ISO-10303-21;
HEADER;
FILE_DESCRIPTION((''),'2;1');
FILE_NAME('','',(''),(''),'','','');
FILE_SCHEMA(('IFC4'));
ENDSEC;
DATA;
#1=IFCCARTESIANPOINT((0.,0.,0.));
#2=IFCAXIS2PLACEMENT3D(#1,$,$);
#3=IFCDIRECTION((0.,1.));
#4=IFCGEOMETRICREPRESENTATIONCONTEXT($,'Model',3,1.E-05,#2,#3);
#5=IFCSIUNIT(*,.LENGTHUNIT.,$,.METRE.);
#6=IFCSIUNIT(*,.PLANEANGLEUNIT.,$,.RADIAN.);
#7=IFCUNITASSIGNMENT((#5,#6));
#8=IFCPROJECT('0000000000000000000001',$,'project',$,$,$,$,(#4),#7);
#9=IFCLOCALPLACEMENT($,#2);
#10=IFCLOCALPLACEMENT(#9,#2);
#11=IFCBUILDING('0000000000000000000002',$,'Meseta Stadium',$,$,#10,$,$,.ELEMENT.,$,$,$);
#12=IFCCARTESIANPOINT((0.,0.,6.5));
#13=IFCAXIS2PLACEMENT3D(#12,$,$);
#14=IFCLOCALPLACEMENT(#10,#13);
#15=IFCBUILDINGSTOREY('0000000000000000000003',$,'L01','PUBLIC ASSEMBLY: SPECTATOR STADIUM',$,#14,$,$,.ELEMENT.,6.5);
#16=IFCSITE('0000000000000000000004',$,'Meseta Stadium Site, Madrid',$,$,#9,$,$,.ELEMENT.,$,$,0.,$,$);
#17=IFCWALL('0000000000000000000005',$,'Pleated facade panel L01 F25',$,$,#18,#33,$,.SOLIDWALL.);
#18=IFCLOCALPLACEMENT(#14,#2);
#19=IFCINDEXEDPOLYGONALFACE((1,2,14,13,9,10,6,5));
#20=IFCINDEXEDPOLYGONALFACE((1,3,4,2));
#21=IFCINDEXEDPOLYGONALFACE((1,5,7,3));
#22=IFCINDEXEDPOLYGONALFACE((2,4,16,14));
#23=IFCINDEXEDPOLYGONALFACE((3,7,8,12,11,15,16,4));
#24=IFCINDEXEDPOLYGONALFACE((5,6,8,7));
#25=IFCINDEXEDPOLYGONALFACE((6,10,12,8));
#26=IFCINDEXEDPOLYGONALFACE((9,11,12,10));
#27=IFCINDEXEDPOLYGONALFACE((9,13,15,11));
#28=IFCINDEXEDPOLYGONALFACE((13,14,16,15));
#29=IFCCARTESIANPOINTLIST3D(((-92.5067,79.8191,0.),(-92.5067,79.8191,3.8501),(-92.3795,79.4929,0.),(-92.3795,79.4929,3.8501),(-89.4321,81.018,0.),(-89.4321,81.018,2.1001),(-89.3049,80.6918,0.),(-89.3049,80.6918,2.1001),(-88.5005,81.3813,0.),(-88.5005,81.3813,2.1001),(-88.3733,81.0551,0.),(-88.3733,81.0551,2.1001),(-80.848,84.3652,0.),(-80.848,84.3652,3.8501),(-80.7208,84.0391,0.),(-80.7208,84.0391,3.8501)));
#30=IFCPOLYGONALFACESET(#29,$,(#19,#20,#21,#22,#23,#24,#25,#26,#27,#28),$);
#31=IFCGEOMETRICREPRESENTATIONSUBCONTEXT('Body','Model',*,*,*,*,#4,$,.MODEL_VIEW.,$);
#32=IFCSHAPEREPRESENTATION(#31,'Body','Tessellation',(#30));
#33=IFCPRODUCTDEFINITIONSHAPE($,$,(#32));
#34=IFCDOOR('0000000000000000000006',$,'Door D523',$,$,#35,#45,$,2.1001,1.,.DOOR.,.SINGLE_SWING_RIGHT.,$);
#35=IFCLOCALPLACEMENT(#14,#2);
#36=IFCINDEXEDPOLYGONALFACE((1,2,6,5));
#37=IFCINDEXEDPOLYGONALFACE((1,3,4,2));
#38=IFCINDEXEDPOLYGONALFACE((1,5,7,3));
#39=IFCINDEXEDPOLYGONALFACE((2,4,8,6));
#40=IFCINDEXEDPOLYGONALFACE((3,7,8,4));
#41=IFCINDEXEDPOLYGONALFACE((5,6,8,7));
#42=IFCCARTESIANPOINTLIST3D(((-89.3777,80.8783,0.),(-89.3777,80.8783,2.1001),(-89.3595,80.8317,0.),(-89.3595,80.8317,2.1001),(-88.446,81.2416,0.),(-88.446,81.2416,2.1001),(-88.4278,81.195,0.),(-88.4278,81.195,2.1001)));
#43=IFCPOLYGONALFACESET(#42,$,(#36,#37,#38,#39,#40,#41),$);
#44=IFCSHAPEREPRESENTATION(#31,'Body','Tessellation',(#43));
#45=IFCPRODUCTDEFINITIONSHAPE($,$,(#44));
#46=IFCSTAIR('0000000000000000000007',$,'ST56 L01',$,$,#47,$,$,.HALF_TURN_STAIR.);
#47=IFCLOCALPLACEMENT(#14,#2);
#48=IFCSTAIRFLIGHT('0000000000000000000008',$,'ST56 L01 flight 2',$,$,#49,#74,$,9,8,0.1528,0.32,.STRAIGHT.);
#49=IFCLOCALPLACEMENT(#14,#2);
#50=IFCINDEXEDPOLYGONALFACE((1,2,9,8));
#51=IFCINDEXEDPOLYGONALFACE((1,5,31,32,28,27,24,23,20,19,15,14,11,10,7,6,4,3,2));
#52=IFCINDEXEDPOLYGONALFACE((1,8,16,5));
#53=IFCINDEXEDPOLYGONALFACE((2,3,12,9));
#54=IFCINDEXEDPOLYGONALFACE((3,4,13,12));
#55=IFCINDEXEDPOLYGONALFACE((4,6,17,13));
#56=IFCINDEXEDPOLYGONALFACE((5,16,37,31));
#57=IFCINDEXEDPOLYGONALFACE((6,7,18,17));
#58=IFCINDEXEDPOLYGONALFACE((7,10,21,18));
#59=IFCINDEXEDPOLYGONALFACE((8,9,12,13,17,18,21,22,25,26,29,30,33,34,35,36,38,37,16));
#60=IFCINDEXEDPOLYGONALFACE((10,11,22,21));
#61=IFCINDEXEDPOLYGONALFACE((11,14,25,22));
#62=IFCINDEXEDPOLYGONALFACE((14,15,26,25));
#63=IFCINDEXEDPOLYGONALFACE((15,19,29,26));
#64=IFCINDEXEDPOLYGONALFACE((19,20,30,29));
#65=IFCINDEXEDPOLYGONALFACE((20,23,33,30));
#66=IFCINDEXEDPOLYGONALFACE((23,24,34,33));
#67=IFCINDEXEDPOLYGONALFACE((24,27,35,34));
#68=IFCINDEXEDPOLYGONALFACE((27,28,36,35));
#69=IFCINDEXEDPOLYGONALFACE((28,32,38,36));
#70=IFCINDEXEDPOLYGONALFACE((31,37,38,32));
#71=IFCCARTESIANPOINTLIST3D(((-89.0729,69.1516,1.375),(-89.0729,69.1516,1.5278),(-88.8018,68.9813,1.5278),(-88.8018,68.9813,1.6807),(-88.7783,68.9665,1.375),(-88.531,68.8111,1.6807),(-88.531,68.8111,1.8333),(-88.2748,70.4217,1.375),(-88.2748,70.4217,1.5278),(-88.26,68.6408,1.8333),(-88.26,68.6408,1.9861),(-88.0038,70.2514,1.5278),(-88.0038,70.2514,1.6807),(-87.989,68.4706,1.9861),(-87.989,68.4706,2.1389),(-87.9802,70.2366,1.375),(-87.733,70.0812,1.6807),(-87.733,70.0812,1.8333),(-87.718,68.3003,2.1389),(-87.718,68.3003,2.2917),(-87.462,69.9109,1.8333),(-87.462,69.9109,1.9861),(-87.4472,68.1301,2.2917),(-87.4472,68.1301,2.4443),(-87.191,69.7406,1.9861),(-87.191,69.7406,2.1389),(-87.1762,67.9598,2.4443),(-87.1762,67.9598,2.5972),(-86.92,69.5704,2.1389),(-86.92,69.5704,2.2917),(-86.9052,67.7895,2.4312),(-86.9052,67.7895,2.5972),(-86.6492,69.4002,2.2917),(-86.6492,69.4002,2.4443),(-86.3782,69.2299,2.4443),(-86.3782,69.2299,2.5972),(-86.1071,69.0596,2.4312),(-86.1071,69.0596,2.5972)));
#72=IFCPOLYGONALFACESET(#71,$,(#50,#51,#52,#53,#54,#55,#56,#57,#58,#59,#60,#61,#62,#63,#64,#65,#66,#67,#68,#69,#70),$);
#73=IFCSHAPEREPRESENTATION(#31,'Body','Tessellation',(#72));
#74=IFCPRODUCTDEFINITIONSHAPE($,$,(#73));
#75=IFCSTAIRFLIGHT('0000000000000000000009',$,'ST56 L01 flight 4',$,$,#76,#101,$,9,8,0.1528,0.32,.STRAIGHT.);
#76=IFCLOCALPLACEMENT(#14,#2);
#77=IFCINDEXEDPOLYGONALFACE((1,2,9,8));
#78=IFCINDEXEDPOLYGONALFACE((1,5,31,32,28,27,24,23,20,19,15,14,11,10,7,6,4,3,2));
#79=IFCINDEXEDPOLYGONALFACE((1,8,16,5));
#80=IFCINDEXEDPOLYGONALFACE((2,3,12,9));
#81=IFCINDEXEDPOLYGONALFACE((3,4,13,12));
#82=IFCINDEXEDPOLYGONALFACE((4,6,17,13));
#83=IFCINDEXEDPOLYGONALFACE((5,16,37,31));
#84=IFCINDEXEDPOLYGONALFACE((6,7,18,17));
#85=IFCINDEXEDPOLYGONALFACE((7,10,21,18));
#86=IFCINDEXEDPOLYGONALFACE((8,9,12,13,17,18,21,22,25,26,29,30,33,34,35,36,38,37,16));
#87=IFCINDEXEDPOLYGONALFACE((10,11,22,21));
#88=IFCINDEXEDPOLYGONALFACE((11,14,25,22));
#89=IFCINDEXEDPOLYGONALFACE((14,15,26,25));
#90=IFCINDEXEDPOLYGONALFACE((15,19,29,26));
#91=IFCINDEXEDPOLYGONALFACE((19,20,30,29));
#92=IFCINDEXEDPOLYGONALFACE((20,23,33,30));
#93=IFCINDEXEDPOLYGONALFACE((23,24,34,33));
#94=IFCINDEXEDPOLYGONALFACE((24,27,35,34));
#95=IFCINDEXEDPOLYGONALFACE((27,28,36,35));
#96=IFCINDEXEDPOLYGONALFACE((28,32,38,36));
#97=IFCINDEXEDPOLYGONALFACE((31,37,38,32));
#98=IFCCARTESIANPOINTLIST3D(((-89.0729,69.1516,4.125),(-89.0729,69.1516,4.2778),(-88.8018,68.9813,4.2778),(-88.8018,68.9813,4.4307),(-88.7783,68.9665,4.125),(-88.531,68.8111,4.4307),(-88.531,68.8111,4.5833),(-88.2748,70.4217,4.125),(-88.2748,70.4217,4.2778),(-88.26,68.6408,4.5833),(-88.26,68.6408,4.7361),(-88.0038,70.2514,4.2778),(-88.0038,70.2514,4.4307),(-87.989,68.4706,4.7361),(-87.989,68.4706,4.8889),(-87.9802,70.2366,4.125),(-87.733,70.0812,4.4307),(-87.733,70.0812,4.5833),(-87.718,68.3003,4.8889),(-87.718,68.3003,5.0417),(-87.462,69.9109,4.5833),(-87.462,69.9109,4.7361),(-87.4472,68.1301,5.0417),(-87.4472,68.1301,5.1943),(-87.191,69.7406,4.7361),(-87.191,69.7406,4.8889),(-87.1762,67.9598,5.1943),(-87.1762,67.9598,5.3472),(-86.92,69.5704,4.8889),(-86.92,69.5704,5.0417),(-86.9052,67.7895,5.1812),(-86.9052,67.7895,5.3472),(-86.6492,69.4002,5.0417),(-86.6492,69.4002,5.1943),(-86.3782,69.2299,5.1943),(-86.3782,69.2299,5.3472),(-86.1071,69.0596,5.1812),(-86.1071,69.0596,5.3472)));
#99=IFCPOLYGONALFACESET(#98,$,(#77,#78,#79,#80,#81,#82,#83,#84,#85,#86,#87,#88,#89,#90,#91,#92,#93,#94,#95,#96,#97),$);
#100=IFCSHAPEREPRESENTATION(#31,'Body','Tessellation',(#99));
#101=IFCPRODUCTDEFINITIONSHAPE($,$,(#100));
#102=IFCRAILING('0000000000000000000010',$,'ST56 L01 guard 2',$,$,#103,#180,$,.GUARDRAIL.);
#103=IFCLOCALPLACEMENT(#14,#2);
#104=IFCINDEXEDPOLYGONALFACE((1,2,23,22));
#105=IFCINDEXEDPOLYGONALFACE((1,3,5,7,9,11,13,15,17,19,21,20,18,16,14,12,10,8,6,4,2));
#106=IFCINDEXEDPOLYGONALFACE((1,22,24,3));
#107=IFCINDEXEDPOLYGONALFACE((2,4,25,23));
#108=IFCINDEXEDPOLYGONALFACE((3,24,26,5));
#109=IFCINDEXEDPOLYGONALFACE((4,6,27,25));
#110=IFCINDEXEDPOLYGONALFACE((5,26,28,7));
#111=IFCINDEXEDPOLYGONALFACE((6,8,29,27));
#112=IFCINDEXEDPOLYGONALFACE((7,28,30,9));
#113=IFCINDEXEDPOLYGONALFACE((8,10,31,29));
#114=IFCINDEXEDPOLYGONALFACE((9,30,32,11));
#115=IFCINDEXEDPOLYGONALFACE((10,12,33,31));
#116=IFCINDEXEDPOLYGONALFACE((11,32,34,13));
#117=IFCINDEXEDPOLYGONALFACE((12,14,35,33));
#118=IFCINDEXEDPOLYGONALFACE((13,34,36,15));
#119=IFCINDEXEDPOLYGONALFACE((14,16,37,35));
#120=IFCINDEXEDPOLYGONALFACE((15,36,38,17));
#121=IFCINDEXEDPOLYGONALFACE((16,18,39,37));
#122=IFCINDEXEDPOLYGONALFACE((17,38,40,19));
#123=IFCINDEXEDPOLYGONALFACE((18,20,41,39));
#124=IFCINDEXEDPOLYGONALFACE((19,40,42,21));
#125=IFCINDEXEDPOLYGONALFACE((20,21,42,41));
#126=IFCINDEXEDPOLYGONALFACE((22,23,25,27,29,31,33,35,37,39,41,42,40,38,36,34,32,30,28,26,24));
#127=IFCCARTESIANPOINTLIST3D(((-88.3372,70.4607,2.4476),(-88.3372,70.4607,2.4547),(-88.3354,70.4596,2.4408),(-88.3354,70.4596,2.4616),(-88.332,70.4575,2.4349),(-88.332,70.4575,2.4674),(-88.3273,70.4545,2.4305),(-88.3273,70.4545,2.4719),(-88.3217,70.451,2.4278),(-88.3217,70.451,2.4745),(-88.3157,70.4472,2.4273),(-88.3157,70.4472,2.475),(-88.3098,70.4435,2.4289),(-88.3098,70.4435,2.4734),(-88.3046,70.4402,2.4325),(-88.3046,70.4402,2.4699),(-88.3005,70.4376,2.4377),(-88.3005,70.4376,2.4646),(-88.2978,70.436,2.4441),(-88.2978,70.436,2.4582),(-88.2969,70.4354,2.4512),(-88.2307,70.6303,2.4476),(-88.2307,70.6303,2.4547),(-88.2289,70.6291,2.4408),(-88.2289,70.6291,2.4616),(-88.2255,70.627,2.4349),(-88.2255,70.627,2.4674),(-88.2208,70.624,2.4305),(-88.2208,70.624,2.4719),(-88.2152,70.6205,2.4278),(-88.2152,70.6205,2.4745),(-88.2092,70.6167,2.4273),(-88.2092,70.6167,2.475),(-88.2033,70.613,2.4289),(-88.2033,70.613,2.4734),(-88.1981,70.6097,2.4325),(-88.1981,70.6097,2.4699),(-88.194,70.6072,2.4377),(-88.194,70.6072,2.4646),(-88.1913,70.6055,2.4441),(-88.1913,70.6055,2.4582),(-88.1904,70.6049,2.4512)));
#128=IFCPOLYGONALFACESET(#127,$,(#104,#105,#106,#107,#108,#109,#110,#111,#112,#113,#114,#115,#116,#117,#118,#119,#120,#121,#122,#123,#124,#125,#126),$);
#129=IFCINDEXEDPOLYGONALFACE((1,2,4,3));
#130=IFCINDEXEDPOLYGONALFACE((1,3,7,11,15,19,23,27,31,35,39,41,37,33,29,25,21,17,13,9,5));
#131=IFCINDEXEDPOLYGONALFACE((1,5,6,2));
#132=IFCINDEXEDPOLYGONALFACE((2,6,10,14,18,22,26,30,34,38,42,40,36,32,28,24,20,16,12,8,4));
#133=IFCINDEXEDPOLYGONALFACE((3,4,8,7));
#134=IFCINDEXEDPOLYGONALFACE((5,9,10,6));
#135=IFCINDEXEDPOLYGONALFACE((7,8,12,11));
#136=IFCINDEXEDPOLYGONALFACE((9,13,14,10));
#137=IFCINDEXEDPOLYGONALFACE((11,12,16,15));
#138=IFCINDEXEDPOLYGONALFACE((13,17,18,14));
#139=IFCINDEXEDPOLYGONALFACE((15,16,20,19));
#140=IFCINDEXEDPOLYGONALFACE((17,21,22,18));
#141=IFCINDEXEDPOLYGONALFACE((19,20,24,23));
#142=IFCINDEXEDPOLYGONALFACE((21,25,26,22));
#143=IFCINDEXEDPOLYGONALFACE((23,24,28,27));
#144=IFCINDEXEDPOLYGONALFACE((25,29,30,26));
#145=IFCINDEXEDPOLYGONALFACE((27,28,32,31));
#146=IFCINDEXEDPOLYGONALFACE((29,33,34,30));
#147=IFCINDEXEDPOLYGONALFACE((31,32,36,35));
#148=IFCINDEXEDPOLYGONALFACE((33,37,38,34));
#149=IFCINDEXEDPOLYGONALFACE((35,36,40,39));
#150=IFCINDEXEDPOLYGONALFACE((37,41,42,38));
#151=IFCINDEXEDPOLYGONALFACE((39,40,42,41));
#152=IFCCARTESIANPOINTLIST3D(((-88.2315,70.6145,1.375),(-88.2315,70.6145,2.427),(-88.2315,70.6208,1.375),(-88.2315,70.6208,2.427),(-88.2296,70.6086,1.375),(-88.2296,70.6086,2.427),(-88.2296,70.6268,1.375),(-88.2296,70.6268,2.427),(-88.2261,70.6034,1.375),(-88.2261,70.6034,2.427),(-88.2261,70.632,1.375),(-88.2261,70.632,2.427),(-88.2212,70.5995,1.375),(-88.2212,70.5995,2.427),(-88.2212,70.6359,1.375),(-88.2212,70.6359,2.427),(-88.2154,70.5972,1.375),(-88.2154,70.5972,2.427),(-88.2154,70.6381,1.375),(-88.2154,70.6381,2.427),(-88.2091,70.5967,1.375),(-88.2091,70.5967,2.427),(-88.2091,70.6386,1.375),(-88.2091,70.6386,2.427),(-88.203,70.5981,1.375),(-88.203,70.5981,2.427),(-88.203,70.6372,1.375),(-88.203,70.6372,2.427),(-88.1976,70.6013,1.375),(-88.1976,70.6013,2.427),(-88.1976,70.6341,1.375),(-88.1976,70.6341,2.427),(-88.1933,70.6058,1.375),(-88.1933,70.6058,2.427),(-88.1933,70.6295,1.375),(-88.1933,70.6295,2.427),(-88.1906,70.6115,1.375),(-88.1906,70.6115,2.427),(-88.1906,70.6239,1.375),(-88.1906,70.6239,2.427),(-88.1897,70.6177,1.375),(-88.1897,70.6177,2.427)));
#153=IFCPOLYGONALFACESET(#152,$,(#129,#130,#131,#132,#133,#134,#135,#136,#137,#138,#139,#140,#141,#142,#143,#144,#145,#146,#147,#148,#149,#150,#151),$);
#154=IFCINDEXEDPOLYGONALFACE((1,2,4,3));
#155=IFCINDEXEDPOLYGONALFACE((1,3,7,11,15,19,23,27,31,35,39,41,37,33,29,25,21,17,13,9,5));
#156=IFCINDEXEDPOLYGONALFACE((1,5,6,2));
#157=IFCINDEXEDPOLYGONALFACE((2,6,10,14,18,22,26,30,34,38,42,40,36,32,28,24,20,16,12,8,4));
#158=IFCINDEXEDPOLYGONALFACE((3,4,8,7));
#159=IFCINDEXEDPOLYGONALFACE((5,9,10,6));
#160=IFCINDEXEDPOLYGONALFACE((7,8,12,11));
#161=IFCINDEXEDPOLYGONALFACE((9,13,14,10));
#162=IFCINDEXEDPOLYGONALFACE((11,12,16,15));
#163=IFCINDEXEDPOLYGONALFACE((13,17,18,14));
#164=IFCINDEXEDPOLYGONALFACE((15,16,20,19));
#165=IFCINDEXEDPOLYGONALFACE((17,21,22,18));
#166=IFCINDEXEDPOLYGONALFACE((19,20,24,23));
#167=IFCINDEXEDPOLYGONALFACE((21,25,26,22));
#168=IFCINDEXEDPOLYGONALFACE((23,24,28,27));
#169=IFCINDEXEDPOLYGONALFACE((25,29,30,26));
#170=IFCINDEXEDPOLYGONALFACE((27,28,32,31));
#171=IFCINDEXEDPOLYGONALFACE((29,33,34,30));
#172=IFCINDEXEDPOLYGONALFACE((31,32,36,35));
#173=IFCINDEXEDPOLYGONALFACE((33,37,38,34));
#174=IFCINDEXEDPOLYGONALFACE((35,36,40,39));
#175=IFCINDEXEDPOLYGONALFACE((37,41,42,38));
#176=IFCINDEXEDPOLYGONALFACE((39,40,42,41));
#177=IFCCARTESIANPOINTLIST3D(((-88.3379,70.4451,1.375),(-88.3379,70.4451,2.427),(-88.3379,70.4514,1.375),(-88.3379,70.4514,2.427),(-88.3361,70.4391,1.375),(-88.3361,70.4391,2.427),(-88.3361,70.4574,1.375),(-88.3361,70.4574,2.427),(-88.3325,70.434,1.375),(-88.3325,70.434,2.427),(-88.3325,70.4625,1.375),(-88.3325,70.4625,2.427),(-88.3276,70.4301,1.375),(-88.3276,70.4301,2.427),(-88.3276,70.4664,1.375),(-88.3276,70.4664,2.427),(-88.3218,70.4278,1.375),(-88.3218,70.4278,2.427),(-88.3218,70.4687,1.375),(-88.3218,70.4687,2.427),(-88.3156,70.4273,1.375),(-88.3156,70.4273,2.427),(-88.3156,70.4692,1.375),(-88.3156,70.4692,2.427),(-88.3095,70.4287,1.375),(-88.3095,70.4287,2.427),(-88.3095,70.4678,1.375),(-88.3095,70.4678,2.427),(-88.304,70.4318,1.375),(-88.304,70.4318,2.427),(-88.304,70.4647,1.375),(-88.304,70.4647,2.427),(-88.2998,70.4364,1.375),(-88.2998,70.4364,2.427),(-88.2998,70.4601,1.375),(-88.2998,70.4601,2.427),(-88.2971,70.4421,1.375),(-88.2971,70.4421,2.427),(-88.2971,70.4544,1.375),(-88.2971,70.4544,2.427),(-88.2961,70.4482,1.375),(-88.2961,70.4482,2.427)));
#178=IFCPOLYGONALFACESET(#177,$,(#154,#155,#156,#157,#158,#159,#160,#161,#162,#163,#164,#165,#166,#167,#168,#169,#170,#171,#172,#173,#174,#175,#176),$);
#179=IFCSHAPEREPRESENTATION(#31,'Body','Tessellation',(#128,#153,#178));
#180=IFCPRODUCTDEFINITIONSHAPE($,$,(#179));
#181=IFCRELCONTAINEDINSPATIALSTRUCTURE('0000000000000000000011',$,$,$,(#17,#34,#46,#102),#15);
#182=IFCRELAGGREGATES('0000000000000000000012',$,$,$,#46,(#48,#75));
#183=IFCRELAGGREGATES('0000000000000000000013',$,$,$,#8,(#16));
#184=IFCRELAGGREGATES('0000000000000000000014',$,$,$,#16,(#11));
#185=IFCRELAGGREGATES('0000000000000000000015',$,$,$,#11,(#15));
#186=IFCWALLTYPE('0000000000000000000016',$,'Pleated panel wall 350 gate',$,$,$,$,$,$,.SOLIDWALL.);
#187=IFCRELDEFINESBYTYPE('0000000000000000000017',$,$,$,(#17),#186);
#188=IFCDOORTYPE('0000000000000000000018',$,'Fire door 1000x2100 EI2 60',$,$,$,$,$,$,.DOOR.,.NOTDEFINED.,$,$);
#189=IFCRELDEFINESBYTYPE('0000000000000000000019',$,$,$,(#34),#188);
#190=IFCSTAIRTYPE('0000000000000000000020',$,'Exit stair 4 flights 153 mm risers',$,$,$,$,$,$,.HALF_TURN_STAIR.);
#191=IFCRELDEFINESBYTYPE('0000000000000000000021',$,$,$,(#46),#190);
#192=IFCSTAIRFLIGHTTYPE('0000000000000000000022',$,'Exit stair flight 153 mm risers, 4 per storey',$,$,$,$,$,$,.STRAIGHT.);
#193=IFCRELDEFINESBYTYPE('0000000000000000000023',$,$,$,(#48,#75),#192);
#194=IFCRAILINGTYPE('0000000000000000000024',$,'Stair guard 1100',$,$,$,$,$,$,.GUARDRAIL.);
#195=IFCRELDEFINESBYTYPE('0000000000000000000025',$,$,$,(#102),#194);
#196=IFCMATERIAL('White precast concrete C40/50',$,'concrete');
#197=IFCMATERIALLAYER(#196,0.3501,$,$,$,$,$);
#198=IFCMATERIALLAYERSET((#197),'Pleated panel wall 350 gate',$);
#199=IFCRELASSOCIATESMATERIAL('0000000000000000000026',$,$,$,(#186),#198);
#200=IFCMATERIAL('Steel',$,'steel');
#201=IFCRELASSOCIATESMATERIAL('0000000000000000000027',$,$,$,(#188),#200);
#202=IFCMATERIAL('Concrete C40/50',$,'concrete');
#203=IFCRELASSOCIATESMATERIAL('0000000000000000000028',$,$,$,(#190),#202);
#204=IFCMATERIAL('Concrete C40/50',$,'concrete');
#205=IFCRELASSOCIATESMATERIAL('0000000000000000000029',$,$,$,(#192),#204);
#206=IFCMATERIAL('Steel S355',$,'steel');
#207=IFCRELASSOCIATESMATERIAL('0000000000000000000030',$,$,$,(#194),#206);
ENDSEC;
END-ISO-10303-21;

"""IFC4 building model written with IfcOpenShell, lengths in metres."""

from ifc_helpers import new_model, si_unit, direction, frame, frame_2d, origin, origin_2d, place, context, subcontext, project, spatial, polyline, rectangle, circle, outline, extrude, material, layer, layer_set, type_object, element, fill, aggregate, save


model = new_model("IFC4")

# Units and contexts
model_context = context("Model", 3, precision=1e-05, world=origin(), true_north=direction((0.0, 1.0)))
body_context = subcontext(model_context, "Body", "Model", "MODEL_VIEW")
ifc_project = project(units=[si_unit("LENGTHUNIT", "METRE"), si_unit("PLANEANGLEUNIT", "RADIAN")], contexts=[model_context])

# Site, building, storey
site_placement = place(None, origin())
site = spatial("IfcSite", under=ifc_project, at=site_placement, Name="Meseta Stadium Site, Madrid", CompositionType="ELEMENT", RefElevation=0.0)
building_placement = place(site_placement, origin())
building = spatial("IfcBuilding", under=site, at=building_placement, Name="Meseta Stadium", CompositionType="ELEMENT")
storey_placement = place(building_placement, frame((0.0, 0.0, 6.5)))
storey = spatial("IfcBuildingStorey", under=building, at=storey_placement, Name="L01", Description="PUBLIC ASSEMBLY: SPECTATOR STADIUM", CompositionType="ELEMENT", Elevation=6.5)

# Wall, opening, door
ifc_material_1 = material(Name="White precast concrete C40/50", Category="concrete")
ifc_layer_1 = layer(ifc_material_1, 0.3501)
ifc_layer_set_1 = layer_set([ifc_layer_1], Name="Pleated panel wall 350 gate")
wall_type_1 = type_object("IfcWallType", Name="Pleated panel wall 350 gate", PredefinedType="SOLIDWALL", material=ifc_layer_set_1)
wall_1_placement = place(storey_placement, frame((-92.4431, 79.656, 0.0), z_axis=(0.0, 0.0, 1.0), x_axis=(0.931675, 0.363293, 0.0)))
wall_1 = element("IfcWall", 1, at=wall_1_placement, inside=storey, type_object=wall_type_1, Name="Pleated facade panel L01 F25", PredefinedType="SOLIDWALL", context=body_context, shape_type="SweptSolid", body=[
    extrude(rectangle(XDim=12.5137, YDim=0.3501, at=frame_2d((6.2568, 0.0))), origin(), (0.0, 0.0, 1.0), 3.8501),
])
opening_placement = place(wall_1_placement, frame((3.3, 0.0, 0.0)))
opening = element("IfcOpeningElement", 2, at=opening_placement, cuts=wall_1, PredefinedType="OPENING", context=body_context, shape_type="SweptSolid", body=[
    extrude(rectangle(XDim=1.0, YDim=2.1001, at=frame_2d((0.5, 1.05))), frame((0.0, 0.1851, 0.0), z_axis=(0.0, -1.0, 0.0), x_axis=(1.0, 0.0, 0.0)), (0.0, 0.0, 1.0), 0.3701),
])
ifc_material_2 = material(Name="Steel", Category="steel")
door_type = type_object("IfcDoorType", Name="Fire door 1000x2100 EI2 60", OperationType="NOTDEFINED", PredefinedType="DOOR", material=ifc_material_2)
door_placement = place(opening_placement, frame((1.0, 0.0, 0.0), z_axis=(0.0, 0.0, 1.0), x_axis=(-1.0, 0.0, 0.0)))
door = element("IfcDoor", 3, at=door_placement, inside=storey, type_object=door_type, Name="Door D523", OperationType="SINGLE_SWING_RIGHT", OverallHeight=2.1001, OverallWidth=1.0, PredefinedType="DOOR", context=body_context, shape_type="SweptSolid", body=[
    extrude(rectangle(XDim=1.0, YDim=2.1001, at=frame_2d((0.5, 1.05))), frame((0.0, 0.0249, 0.0), z_axis=(0.0, -1.0, 0.0), x_axis=(1.0, 0.0, 0.0)), (0.0, 0.0, 1.0), 0.05),
])
fill(opening, door)

# Stair, stair flights
ifc_material_3 = material(Name="Concrete C40/50", Category="concrete")
stair_type = type_object("IfcStairType", Name="Exit stair 4 flights 153 mm risers", PredefinedType="HALF_TURN_STAIR", material=ifc_material_3)
stair_placement = place(storey_placement, origin())
stair = element("IfcStair", 4, at=stair_placement, inside=storey, type_object=stair_type, Name="ST56 L01", PredefinedType="HALF_TURN_STAIR")
ifc_material_4 = material(Name="Concrete C40/50", Category="concrete")
stair_flight_type = type_object("IfcStairFlightType", Name="Exit stair flight 153 mm risers, 4 per storey", PredefinedType="STRAIGHT", material=ifc_material_4)
stair_flight_1_placement = place(storey_placement, frame((-88.6738, 69.7866, 1.375), z_axis=(0.0, 0.0, 1.0), x_axis=(0.846724, -0.532032, 0.0)))
stair_flight_1 = element("IfcStairFlight", 5, at=stair_flight_1_placement, type_object=stair_flight_type, Name="ST56 L01 flight 2", NumberOfRisers=9, NumberOfTreads=8, PredefinedType="STRAIGHT", RiserHeight=0.1528, TreadLength=0.32, context=body_context, shape_type="SweptSolid", body=[
    extrude(outline(polyline([(0.0, 0.0), (0.0, 0.1528), (0.3201, 0.1528), (0.3201, 0.3057), (0.6399, 0.3057), (0.6399, 0.4583), (0.96, 0.4583), (0.96, 0.6111), (1.28, 0.6111), (1.28, 0.7639), (1.6001, 0.7639), (1.6001, 0.9167), (1.9199, 0.9167), (1.9199, 1.0693), (2.24, 1.0693), (2.24, 1.2222), (2.5601, 1.2222), (2.5601, 1.0562), (0.3479, 0.0), (0.0, 0.0)])), frame((0.0, 0.75, 0.0), z_axis=(0.0, -1.0, 0.0), x_axis=(1.0, 0.0, 0.0)), (0.0, 0.0, 1.0), 1.5),
])
stair_flight_2_placement = place(storey_placement, frame((-88.6738, 69.7866, 4.125), z_axis=(0.0, 0.0, 1.0), x_axis=(0.846724, -0.532032, 0.0)))
stair_flight_2 = element("IfcStairFlight", 6, at=stair_flight_2_placement, type_object=stair_flight_type, Name="ST56 L01 flight 4", NumberOfRisers=9, NumberOfTreads=8, PredefinedType="STRAIGHT", RiserHeight=0.1528, TreadLength=0.32, context=body_context, shape_type="SweptSolid", body=[
    extrude(outline(polyline([(0.0, 0.0), (0.0, 0.1528), (0.3201, 0.1528), (0.3201, 0.3057), (0.6399, 0.3057), (0.6399, 0.4583), (0.96, 0.4583), (0.96, 0.6111), (1.28, 0.6111), (1.28, 0.7639), (1.6001, 0.7639), (1.6001, 0.9167), (1.9199, 0.9167), (1.9199, 1.0693), (2.24, 1.0693), (2.24, 1.2222), (2.5601, 1.2222), (2.5601, 1.0562), (0.3479, 0.0), (0.0, 0.0)])), frame((0.0, 0.75, 0.0), z_axis=(0.0, -1.0, 0.0), x_axis=(1.0, 0.0, 0.0)), (0.0, 0.0, 1.0), 1.5),
])
aggregate(stair, [stair_flight_1, stair_flight_2])

# Railing
ifc_material_5 = material(Name="Steel S355", Category="steel")
railing_type = type_object("IfcRailingType", Name="Stair guard 1100", PredefinedType="GUARDRAIL", material=ifc_material_5)
railing_1_placement = place(storey_placement, frame((-88.2107, 70.6177, 1.375)))
element("IfcRailing", 7, at=railing_1_placement, inside=storey, type_object=railing_type, Name="ST56 L01 guard 2", PredefinedType="GUARDRAIL", context=body_context, shape_type="SweptSolid", body=[
    extrude(circle(Radius=0.0239, at=origin_2d()), frame((0.0, 0.0, 1.0762), z_axis=(-0.531972, -0.846762, 0.0), x_axis=(0.846762, -0.531972, 0.0)), (0.0, 0.0, 1.0), 0.2002),
    extrude(circle(Radius=0.021, at=origin_2d()), origin(), (0.0, 0.0, 1.0), 1.052),
    extrude(circle(Radius=0.021, at=origin_2d()), frame((-0.1064, -0.1694, 0.0)), (0.0, 0.0, 1.0), 1.052),
])

save(model, "model.ifc")
